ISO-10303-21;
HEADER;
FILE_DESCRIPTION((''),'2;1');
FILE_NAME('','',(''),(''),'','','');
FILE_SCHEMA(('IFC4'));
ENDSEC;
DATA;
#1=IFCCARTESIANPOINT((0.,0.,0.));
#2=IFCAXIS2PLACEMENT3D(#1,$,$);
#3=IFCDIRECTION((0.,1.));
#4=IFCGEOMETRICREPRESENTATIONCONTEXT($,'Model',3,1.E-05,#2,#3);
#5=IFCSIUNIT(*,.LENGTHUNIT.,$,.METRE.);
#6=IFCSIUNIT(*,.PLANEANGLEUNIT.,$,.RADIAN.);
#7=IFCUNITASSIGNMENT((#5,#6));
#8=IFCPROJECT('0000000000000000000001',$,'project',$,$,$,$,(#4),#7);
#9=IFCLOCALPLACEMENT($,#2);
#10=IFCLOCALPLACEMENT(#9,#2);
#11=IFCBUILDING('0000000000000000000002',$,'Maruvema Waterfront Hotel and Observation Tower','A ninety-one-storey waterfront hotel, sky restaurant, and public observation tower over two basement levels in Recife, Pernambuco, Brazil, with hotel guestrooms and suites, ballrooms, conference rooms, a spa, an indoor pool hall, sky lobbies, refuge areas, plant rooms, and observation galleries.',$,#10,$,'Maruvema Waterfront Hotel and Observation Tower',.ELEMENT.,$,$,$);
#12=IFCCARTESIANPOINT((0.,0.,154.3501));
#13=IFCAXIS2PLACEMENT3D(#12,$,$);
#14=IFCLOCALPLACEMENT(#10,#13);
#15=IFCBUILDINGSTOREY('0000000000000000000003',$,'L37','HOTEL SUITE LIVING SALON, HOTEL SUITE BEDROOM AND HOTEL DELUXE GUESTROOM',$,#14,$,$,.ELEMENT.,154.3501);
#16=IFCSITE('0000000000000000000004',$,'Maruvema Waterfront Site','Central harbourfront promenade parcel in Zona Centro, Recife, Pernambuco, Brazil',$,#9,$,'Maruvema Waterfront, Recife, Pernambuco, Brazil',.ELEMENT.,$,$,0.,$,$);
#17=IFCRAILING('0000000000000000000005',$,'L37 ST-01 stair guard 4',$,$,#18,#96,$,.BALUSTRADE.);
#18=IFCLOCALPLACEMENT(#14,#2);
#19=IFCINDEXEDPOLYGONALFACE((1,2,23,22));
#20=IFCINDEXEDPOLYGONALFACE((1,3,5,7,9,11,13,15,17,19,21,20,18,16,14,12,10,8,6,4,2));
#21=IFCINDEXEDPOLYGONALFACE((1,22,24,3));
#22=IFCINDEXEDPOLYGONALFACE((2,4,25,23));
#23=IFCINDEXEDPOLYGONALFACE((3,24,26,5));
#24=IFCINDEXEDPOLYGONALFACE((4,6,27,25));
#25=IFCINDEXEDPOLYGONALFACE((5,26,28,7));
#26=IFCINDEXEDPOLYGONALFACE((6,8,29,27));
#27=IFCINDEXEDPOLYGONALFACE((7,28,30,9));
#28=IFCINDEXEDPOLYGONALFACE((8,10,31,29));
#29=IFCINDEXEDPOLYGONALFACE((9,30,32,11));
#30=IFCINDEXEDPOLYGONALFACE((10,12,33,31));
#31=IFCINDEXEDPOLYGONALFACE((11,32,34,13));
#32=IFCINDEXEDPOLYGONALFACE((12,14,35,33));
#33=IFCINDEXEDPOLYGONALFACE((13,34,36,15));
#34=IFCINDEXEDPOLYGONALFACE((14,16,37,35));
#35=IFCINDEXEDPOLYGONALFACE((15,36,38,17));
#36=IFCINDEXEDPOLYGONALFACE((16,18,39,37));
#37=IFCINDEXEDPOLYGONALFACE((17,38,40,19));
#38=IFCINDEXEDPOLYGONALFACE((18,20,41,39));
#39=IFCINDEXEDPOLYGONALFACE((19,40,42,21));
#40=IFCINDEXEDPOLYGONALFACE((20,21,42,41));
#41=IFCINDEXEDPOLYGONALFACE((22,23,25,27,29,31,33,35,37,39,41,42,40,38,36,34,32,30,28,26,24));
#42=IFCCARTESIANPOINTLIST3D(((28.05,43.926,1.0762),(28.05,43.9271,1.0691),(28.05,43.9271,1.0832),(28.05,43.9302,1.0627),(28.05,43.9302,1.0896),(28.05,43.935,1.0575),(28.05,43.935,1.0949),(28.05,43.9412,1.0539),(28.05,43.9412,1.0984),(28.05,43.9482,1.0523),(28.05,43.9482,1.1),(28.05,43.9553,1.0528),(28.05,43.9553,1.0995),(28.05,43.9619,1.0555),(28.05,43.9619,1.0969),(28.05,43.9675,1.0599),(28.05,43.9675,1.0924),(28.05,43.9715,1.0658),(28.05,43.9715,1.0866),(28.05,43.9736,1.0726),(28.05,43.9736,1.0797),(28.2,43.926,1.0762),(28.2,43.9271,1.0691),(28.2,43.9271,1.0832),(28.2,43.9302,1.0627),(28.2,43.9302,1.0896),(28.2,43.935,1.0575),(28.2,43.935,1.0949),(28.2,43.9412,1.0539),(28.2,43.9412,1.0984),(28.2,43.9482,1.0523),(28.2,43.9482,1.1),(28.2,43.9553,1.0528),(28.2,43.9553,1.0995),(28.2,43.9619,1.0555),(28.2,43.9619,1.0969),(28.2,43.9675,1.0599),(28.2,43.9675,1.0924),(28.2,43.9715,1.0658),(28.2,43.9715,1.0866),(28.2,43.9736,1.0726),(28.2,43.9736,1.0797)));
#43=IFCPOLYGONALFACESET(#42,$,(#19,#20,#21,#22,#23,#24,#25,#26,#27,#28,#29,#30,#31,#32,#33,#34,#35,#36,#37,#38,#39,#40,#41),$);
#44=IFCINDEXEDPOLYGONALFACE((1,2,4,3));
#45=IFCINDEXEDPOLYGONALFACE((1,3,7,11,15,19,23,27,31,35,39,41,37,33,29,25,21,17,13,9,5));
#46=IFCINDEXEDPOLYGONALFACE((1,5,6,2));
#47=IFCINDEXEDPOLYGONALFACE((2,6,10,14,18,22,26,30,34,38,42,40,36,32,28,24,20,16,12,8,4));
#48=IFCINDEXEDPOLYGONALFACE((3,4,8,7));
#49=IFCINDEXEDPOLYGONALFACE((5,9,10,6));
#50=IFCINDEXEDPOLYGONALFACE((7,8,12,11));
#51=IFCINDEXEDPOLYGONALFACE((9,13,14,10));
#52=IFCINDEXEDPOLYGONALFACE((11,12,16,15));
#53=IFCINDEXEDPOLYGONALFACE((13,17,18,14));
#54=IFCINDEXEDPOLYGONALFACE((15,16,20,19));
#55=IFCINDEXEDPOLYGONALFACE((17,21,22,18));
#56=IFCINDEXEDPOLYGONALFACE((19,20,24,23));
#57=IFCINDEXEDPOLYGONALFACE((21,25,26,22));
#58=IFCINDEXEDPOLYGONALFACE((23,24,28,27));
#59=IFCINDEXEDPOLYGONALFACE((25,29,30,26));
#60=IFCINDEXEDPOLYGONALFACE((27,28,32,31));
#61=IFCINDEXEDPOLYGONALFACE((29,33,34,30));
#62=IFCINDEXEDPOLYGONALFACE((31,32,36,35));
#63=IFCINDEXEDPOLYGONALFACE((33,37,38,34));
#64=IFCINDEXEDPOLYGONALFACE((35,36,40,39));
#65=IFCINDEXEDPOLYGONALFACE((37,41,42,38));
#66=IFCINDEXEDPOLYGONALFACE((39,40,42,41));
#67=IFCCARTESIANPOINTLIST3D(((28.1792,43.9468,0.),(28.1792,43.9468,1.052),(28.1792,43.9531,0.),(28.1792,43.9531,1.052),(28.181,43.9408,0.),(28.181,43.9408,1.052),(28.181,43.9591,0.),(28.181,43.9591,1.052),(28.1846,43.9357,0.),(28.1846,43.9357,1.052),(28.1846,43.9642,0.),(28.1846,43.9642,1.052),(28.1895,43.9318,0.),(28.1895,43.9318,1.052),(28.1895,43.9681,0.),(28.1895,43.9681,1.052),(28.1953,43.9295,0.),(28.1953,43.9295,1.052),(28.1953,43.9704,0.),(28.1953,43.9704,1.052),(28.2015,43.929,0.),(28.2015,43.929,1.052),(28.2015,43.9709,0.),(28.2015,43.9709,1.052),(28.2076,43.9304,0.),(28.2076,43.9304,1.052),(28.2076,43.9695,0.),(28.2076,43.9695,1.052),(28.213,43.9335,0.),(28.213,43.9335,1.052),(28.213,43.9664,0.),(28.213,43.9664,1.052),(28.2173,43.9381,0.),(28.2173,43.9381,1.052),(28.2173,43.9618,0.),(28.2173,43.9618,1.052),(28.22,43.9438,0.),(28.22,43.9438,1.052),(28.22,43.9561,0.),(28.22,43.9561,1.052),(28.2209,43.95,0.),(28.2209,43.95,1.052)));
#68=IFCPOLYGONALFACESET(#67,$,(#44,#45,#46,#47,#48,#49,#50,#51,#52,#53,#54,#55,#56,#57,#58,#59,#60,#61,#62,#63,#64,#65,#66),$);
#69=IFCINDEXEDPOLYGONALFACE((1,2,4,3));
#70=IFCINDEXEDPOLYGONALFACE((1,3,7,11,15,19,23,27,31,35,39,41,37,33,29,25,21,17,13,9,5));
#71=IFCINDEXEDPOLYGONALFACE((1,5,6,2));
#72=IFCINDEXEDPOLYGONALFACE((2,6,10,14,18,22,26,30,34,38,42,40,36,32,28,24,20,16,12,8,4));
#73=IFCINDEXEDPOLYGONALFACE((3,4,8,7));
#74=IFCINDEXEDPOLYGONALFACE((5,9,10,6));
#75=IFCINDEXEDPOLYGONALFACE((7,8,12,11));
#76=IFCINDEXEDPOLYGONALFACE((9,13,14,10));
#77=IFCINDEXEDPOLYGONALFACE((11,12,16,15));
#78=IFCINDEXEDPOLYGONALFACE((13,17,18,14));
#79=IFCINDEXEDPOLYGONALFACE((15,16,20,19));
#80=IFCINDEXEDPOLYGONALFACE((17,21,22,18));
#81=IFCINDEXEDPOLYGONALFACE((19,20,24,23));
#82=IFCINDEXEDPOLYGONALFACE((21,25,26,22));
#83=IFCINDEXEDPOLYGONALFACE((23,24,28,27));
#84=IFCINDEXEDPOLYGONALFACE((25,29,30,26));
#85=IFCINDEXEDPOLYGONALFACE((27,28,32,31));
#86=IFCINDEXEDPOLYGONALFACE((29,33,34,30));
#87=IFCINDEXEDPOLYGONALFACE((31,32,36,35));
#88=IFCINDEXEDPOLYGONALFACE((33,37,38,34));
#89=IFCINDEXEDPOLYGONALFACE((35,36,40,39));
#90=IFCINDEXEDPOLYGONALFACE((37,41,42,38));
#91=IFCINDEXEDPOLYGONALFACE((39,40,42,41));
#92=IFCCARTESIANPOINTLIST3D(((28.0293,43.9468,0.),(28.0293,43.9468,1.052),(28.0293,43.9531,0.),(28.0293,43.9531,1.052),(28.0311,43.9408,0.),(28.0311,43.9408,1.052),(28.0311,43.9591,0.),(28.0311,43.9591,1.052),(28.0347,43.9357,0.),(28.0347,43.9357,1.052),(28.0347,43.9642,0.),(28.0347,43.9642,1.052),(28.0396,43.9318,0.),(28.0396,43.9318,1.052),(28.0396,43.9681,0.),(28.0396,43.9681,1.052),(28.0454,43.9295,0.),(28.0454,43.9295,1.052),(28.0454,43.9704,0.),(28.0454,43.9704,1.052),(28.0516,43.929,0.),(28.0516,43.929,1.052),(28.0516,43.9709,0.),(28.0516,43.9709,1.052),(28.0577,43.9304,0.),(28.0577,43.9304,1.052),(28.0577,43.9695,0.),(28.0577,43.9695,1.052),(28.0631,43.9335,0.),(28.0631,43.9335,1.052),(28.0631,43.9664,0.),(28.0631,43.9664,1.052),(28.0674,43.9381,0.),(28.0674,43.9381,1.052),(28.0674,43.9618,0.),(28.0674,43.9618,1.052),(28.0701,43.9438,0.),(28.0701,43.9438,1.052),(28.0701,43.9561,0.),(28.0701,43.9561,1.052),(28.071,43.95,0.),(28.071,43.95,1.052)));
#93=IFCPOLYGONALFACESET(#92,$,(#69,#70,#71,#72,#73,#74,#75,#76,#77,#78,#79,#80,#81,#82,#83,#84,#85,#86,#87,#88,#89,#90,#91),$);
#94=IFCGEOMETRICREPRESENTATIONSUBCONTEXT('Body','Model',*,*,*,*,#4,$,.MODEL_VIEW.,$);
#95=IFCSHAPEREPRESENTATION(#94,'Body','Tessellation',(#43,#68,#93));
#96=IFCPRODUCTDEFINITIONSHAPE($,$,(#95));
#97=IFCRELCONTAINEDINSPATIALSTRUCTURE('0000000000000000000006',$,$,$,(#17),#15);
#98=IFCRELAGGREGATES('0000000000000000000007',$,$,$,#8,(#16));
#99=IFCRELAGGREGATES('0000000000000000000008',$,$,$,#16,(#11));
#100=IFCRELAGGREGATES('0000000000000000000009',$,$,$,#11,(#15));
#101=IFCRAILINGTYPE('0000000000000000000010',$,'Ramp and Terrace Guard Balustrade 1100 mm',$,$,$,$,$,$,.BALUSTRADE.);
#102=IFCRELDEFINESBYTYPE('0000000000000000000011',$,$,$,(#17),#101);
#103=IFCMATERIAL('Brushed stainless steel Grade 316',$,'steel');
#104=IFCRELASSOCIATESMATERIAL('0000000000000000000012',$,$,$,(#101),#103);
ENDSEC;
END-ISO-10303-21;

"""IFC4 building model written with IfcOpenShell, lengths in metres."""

from ifc_helpers import new_model, si_unit, direction, frame, origin, origin_2d, place, context, subcontext, project, spatial, circle, extrude, material, type_object, element, save


model = new_model("IFC4")

# Units and contexts
model_context = context("Model", 3, precision=1e-05, world=origin(), true_north=direction((0.0, 1.0)))
body_context = subcontext(model_context, "Body", "Model", "MODEL_VIEW")
ifc_project = project(units=[si_unit("LENGTHUNIT", "METRE"), si_unit("PLANEANGLEUNIT", "RADIAN")], contexts=[model_context])

# Site, building, storey
site_placement = place(None, origin())
site = spatial("IfcSite", under=ifc_project, at=site_placement, Name="Maruvema Waterfront Site", Description="Central harbourfront promenade parcel in Zona Centro, Recife, Pernambuco, Brazil", LongName="Maruvema Waterfront, Recife, Pernambuco, Brazil", CompositionType="ELEMENT", RefElevation=0.0)
building_placement = place(site_placement, origin())
building = spatial("IfcBuilding", under=site, at=building_placement, Name="Maruvema Waterfront Hotel and Observation Tower", Description="A ninety-one-storey waterfront hotel, sky restaurant, and public observation tower over two basement levels in Recife, Pernambuco, Brazil, with hotel guestrooms and suites, ballrooms, conference rooms, a spa, an indoor pool hall, sky lobbies, refuge areas, plant rooms, and observation galleries.", LongName="Maruvema Waterfront Hotel and Observation Tower", CompositionType="ELEMENT")
storey_placement = place(building_placement, frame((0.0, 0.0, 154.3501)))
storey = spatial("IfcBuildingStorey", under=building, at=storey_placement, Name="L37", Description="HOTEL SUITE LIVING SALON, HOTEL SUITE BEDROOM AND HOTEL DELUXE GUESTROOM", CompositionType="ELEMENT", Elevation=154.3501)

# Railing
ifc_material_1 = material(Name="Brushed stainless steel Grade 316", Category="steel")
railing_type = type_object("IfcRailingType", Name="Ramp and Terrace Guard Balustrade 1100 mm", PredefinedType="BALUSTRADE", material=ifc_material_1)
railing_1_placement = place(storey_placement, frame((28.2, 43.95, 0.0)))
element("IfcRailing", 1, at=railing_1_placement, inside=storey, type_object=railing_type, Name="L37 ST-01 stair guard 4", PredefinedType="BALUSTRADE", context=body_context, shape_type="SweptSolid", body=[
    extrude(circle(Radius=0.0239, at=origin_2d()), frame((0.0, 0.0, 1.0762), z_axis=(-1.0, 0.0, 0.0), x_axis=(0.0, -1.0, 0.0)), (0.0, 0.0, 1.0), 0.1499),
    extrude(circle(Radius=0.021, at=origin_2d()), origin(), (0.0, 0.0, 1.0), 1.052),
    extrude(circle(Radius=0.021, at=origin_2d()), frame((-0.1499, 0.0, 0.0)), (0.0, 0.0, 1.0), 1.052),
])

save(model, "model.ifc")
